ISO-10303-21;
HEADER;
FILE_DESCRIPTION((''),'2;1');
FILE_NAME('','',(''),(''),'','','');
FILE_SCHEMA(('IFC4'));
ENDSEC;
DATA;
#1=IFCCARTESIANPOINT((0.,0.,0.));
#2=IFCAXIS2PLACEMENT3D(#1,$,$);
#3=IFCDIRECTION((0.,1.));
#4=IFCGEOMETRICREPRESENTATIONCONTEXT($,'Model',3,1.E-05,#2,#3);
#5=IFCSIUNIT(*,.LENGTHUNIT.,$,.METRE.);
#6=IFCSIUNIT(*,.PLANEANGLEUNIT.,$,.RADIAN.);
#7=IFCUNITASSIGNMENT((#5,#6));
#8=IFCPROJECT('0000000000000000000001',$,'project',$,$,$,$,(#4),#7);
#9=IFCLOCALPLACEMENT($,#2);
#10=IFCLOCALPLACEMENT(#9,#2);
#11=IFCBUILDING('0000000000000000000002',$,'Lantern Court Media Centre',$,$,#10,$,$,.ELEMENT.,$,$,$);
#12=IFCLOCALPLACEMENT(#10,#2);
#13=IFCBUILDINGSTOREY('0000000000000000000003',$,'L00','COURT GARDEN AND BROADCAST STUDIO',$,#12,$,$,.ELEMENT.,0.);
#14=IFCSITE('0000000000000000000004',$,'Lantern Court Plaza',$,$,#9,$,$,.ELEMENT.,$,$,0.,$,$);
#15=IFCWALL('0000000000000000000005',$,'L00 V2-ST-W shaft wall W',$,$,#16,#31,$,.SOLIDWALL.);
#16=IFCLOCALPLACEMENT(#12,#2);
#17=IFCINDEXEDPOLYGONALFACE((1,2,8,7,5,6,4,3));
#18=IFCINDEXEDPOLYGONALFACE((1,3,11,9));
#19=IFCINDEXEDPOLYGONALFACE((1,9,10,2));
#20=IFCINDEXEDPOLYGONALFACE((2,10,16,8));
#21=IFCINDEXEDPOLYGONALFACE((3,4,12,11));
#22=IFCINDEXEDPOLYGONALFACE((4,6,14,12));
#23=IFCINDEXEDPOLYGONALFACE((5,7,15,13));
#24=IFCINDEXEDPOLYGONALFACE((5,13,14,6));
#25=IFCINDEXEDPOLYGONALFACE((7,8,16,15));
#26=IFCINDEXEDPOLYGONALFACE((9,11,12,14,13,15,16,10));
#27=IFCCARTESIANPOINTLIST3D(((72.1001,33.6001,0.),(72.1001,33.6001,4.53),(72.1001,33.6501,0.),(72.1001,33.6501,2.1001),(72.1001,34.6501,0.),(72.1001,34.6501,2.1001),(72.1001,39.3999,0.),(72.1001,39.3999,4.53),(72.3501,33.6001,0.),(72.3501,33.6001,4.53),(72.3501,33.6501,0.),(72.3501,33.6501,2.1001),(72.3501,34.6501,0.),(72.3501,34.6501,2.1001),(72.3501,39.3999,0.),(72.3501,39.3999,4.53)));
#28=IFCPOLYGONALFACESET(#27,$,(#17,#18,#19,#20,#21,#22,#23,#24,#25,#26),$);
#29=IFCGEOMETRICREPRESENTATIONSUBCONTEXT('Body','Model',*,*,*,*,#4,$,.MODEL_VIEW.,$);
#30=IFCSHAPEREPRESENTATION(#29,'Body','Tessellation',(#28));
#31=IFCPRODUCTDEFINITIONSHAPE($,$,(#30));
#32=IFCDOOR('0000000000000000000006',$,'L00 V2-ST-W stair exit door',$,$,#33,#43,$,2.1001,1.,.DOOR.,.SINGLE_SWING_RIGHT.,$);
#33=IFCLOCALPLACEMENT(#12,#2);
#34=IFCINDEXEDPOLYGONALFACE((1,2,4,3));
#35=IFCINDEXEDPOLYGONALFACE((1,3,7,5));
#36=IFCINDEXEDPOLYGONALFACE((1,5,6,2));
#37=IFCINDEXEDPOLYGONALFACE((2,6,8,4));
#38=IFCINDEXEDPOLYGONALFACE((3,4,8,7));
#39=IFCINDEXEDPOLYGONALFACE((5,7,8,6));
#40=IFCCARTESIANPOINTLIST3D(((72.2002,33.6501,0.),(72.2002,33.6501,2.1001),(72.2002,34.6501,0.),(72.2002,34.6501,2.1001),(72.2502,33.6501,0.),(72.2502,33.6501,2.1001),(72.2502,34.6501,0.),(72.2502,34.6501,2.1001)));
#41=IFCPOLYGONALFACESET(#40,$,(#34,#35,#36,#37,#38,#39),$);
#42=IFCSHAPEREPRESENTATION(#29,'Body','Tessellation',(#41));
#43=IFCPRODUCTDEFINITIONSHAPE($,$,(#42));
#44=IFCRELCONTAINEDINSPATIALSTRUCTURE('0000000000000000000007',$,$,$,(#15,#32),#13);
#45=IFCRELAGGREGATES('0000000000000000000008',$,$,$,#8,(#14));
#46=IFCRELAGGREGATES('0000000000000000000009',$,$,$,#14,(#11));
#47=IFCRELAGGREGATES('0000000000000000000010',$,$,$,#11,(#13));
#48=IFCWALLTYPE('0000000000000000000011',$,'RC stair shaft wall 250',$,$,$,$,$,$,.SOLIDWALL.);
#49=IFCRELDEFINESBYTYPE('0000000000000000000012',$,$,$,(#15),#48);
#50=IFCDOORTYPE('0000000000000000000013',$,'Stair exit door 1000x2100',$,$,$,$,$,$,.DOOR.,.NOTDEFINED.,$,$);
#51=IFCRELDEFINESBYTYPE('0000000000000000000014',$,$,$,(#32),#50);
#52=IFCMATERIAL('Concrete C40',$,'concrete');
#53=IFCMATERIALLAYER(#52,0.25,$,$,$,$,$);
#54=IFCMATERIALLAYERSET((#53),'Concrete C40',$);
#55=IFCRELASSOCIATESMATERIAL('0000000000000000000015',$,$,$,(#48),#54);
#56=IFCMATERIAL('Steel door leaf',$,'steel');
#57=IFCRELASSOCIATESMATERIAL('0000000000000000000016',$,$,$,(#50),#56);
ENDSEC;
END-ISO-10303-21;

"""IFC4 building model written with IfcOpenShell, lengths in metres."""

from ifc_helpers import new_model, si_unit, direction, frame, frame_2d, origin, place, context, subcontext, project, spatial, rectangle, extrude, material, layer, layer_set, type_object, element, fill, save


model = new_model("IFC4")

# Units and contexts
model_context = context("Model", 3, precision=1e-05, world=origin(), true_north=direction((0.0, 1.0)))
body_context = subcontext(model_context, "Body", "Model", "MODEL_VIEW")
ifc_project = project(units=[si_unit("LENGTHUNIT", "METRE"), si_unit("PLANEANGLEUNIT", "RADIAN")], contexts=[model_context])

# Site, building, storey
site_placement = place(None, origin())
site = spatial("IfcSite", under=ifc_project, at=site_placement, Name="Lantern Court Plaza", CompositionType="ELEMENT", RefElevation=0.0)
building_placement = place(site_placement, origin())
building = spatial("IfcBuilding", under=site, at=building_placement, Name="Lantern Court Media Centre", CompositionType="ELEMENT")
storey_placement = place(building_placement, origin())
storey = spatial("IfcBuildingStorey", under=building, at=storey_placement, Name="L00", Description="COURT GARDEN AND BROADCAST STUDIO", CompositionType="ELEMENT", Elevation=0.0)

# Wall, opening, door
ifc_material_1 = material(Name="Concrete C40", Category="concrete")
ifc_layer_1 = layer(ifc_material_1, 0.25)
ifc_layer_set_1 = layer_set([ifc_layer_1], Name="Concrete C40")
wall_type_1 = type_object("IfcWallType", Name="RC stair shaft wall 250", PredefinedType="SOLIDWALL", material=ifc_layer_set_1)
wall_placement = place(storey_placement, frame((72.2251, 33.6001, 0.0), z_axis=(0.0, 0.0, 1.0), x_axis=(0.0, 1.0, 0.0)))
wall = element("IfcWall", 1, at=wall_placement, inside=storey, type_object=wall_type_1, Name="L00 V2-ST-W shaft wall W", PredefinedType="SOLIDWALL", context=body_context, shape_type="SweptSolid", body=[
    extrude(rectangle(XDim=5.7998, YDim=0.25, at=frame_2d((2.8999, 0.0))), origin(), (0.0, 0.0, 1.0), 4.53),
])
opening_placement = place(wall_placement, frame((0.05, 0.0, 0.0)))
opening = element("IfcOpeningElement", 2, at=opening_placement, cuts=wall, PredefinedType="OPENING", context=body_context, shape_type="SweptSolid", body=[
    extrude(rectangle(XDim=1.0, YDim=2.1001, at=frame_2d((0.5, 1.05))), frame((0.0, 0.135, 0.0), z_axis=(0.0, -1.0, 0.0), x_axis=(1.0, 0.0, 0.0)), (0.0, 0.0, 1.0), 0.27),
])
ifc_material_2 = material(Name="Steel door leaf", Category="steel")
door_type = type_object("IfcDoorType", Name="Stair exit door 1000x2100", OperationType="NOTDEFINED", PredefinedType="DOOR", material=ifc_material_2)
door_placement = place(opening_placement, origin())
door = element("IfcDoor", 3, at=door_placement, inside=storey, type_object=door_type, Name="L00 V2-ST-W stair exit door", OperationType="SINGLE_SWING_RIGHT", OverallHeight=2.1001, OverallWidth=1.0, PredefinedType="DOOR", context=body_context, shape_type="SweptSolid", body=[
    extrude(rectangle(XDim=1.0, YDim=2.1001, at=frame_2d((0.5, 1.05))), frame((0.0, 0.0249, 0.0), z_axis=(0.0, -1.0, 0.0), x_axis=(1.0, 0.0, 0.0)), (0.0, 0.0, 1.0), 0.05),
])
fill(opening, door)

save(model, "model.ifc")
